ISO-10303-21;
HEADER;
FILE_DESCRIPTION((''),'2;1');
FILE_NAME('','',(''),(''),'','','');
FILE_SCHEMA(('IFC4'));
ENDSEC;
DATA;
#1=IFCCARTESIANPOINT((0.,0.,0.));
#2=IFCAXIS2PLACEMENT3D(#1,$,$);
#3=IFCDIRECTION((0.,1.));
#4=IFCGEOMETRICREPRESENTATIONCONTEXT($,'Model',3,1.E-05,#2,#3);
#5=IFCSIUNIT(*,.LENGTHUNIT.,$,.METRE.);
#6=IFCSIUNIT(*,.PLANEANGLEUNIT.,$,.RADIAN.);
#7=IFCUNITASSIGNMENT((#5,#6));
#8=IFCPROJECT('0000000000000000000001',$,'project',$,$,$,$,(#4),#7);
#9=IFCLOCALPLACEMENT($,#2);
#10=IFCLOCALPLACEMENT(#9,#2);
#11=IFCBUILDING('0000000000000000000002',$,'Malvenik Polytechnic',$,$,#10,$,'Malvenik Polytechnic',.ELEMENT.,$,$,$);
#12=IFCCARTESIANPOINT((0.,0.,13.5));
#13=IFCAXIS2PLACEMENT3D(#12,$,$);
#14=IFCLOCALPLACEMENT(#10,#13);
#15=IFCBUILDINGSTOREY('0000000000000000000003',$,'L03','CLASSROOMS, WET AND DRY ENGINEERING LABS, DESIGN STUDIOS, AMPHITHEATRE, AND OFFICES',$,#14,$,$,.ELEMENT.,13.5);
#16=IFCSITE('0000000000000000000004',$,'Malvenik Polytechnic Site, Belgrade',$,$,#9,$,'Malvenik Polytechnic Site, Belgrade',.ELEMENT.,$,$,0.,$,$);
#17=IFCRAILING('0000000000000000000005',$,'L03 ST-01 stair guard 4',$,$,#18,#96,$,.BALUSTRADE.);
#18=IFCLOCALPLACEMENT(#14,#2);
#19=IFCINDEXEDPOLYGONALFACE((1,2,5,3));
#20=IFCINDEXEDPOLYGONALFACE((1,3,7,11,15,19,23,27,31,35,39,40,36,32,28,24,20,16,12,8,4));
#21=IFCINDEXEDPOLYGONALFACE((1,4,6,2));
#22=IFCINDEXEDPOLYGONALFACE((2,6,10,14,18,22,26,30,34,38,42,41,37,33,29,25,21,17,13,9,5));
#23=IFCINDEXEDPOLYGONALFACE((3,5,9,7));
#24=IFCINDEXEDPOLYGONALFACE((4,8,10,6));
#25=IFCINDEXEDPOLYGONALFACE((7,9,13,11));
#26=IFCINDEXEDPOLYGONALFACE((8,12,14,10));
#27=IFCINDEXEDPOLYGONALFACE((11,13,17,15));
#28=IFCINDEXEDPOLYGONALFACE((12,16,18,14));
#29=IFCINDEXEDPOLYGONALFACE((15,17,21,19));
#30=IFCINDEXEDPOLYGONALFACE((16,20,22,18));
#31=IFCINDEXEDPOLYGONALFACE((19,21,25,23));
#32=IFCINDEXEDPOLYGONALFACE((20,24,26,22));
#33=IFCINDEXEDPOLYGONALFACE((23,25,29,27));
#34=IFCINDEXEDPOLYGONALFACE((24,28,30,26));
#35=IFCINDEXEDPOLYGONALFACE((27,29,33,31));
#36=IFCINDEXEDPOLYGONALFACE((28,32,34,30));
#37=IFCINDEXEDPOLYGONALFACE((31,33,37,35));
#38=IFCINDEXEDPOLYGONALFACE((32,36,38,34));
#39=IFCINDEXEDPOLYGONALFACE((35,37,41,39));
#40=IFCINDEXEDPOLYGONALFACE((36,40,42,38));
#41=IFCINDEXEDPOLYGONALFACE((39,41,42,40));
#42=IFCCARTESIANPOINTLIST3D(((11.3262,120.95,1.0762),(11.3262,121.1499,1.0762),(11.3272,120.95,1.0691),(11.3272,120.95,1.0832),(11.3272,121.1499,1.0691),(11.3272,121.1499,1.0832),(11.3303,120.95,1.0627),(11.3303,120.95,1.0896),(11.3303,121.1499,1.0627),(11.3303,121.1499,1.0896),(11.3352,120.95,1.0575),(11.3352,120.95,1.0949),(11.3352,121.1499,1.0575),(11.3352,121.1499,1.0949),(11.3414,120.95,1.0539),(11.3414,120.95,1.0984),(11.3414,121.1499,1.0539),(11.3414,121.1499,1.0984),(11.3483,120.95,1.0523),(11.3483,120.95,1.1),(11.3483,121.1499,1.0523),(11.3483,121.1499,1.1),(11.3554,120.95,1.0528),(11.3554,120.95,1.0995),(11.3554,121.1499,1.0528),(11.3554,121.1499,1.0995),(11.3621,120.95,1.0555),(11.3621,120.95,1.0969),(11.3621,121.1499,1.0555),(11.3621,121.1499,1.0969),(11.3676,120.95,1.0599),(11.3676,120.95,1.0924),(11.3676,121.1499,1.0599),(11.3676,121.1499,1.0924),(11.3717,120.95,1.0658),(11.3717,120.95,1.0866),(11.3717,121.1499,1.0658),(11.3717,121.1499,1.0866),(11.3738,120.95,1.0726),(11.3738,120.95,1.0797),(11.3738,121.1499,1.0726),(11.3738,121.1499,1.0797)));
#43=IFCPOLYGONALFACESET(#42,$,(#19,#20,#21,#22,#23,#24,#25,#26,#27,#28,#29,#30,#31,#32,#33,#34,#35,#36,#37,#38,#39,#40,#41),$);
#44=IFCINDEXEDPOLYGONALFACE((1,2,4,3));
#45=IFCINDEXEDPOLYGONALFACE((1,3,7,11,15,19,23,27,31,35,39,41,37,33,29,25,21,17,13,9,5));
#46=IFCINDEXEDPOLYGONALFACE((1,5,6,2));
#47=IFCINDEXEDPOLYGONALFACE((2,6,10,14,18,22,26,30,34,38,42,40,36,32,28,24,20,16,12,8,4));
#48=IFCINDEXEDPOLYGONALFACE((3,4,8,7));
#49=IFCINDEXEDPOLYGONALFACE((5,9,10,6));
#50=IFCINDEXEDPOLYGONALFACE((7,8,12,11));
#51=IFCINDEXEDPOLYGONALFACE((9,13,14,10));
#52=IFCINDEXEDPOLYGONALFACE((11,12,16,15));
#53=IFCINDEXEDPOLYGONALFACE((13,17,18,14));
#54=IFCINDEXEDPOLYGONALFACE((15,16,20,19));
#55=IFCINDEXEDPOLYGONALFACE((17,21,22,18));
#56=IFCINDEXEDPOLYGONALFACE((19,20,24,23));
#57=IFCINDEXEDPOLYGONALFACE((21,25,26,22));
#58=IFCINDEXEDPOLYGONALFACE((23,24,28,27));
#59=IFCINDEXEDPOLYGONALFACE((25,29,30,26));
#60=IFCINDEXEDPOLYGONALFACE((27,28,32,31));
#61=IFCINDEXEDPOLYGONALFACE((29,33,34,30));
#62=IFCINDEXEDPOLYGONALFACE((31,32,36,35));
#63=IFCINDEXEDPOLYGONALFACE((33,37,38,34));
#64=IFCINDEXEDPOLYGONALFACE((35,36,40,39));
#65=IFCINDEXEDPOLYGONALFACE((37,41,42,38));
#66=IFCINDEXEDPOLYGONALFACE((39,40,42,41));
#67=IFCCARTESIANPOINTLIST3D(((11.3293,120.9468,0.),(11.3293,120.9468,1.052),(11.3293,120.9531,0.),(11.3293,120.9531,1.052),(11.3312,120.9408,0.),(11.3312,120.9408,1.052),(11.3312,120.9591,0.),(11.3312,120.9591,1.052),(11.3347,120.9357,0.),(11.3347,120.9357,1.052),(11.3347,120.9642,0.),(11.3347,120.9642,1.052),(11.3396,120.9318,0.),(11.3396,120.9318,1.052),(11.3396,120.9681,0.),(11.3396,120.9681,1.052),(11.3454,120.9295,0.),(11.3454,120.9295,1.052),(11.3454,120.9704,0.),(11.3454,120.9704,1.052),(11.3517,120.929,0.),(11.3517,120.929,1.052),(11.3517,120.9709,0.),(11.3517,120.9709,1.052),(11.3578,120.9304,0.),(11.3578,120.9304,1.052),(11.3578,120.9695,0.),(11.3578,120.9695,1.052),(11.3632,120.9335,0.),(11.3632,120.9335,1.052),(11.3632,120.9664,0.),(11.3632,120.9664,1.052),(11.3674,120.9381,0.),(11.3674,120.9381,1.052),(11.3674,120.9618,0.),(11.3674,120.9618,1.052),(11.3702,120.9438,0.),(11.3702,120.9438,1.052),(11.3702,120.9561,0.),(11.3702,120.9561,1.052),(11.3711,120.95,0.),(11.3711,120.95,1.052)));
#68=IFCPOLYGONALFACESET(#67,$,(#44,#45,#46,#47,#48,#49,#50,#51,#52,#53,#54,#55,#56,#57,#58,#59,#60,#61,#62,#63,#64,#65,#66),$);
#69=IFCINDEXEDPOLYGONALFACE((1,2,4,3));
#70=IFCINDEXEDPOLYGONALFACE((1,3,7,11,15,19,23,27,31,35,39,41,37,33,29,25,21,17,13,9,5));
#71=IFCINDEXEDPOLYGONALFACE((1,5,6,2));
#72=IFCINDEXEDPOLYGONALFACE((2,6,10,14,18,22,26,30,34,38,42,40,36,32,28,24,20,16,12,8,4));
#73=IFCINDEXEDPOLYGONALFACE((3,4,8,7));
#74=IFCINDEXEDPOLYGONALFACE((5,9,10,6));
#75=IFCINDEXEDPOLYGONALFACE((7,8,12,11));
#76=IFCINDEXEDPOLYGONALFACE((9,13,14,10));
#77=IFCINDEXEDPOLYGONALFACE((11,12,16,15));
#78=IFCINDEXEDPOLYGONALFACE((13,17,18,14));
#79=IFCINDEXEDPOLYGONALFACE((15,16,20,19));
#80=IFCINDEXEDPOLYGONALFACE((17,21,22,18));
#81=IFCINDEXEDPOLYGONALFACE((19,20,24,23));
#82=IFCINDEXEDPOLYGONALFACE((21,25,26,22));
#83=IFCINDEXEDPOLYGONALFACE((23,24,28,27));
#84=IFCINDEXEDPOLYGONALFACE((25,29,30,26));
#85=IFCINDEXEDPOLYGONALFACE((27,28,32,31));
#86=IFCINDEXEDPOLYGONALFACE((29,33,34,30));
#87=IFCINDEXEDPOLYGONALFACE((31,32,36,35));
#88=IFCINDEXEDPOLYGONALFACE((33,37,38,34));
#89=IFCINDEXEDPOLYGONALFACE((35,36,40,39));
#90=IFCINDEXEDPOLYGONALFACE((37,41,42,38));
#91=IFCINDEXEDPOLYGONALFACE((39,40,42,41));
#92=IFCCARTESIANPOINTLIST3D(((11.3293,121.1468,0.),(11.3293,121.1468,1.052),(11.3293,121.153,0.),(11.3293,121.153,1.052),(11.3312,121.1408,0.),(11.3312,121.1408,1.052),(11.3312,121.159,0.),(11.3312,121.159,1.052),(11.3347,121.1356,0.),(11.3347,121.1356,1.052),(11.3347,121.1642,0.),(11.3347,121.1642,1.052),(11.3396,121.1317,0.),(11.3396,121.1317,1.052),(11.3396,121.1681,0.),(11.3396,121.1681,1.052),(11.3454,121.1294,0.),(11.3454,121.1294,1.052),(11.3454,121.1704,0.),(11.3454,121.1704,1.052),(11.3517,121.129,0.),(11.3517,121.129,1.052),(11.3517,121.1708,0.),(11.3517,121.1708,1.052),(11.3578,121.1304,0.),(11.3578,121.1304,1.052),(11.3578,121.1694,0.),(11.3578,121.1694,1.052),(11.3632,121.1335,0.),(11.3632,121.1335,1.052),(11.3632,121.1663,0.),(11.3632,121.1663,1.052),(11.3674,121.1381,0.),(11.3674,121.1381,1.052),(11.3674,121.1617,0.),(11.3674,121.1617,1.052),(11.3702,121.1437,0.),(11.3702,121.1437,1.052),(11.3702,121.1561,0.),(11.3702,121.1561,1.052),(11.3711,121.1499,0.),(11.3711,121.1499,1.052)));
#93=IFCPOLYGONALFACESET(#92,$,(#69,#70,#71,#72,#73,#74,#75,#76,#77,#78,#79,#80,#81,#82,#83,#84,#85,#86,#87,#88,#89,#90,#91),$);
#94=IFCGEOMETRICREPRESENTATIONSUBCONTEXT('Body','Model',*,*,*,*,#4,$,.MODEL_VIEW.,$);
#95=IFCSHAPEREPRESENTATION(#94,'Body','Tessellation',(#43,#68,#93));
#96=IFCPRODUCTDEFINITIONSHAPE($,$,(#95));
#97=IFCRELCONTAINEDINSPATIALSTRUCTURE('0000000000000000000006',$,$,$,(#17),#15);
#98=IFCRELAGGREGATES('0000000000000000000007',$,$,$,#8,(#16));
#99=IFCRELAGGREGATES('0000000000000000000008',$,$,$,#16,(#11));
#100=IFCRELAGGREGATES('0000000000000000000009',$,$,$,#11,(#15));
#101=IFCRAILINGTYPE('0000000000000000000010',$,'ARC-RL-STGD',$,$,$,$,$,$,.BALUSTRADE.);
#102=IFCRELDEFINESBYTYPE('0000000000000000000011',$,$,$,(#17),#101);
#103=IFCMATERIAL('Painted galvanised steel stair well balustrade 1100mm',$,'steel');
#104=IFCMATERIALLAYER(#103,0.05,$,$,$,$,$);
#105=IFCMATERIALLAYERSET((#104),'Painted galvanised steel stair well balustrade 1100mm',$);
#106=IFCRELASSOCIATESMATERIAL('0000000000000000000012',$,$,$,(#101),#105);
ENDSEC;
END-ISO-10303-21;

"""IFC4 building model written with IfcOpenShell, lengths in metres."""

from ifc_helpers import new_model, si_unit, direction, frame, origin, origin_2d, place, context, subcontext, project, spatial, circle, extrude, material, layer, layer_set, type_object, element, save


model = new_model("IFC4")

# Units and contexts
model_context = context("Model", 3, precision=1e-05, world=origin(), true_north=direction((0.0, 1.0)))
body_context = subcontext(model_context, "Body", "Model", "MODEL_VIEW")
ifc_project = project(units=[si_unit("LENGTHUNIT", "METRE"), si_unit("PLANEANGLEUNIT", "RADIAN")], contexts=[model_context])

# Site, building, storey
site_placement = place(None, origin())
site = spatial("IfcSite", under=ifc_project, at=site_placement, Name="Malvenik Polytechnic Site, Belgrade", LongName="Malvenik Polytechnic Site, Belgrade", CompositionType="ELEMENT", RefElevation=0.0)
building_placement = place(site_placement, origin())
building = spatial("IfcBuilding", under=site, at=building_placement, Name="Malvenik Polytechnic", LongName="Malvenik Polytechnic", CompositionType="ELEMENT")
storey_placement = place(building_placement, frame((0.0, 0.0, 13.5)))
storey = spatial("IfcBuildingStorey", under=building, at=storey_placement, Name="L03", Description="CLASSROOMS, WET AND DRY ENGINEERING LABS, DESIGN STUDIOS, AMPHITHEATRE, AND OFFICES", CompositionType="ELEMENT", Elevation=13.5)

# Railing
ifc_material_1 = material(Name="Painted galvanised steel stair well balustrade 1100mm", Category="steel")
ifc_layer_1 = layer(ifc_material_1, 0.05)
ifc_layer_set_1 = layer_set([ifc_layer_1], Name="Painted galvanised steel stair well balustrade 1100mm")
railing_type_1 = type_object("IfcRailingType", Name="ARC-RL-STGD", PredefinedType="BALUSTRADE", material=ifc_layer_set_1)
railing_1_placement = place(storey_placement, frame((11.3501, 120.95, 0.0)))
element("IfcRailing", 1, at=railing_1_placement, inside=storey, type_object=railing_type_1, Name="L03 ST-01 stair guard 4", PredefinedType="BALUSTRADE", context=body_context, shape_type="SweptSolid", body=[
    extrude(circle(Radius=0.0239, at=origin_2d()), frame((0.0, 0.0, 1.0762), z_axis=(0.0, 1.0, 0.0), x_axis=(-1.0, 0.0, 0.0)), (0.0, 0.0, 1.0), 0.2),
    extrude(circle(Radius=0.021, at=origin_2d()), origin(), (0.0, 0.0, 1.0), 1.052),
    extrude(circle(Radius=0.021, at=origin_2d()), frame((0.0, 0.2, 0.0)), (0.0, 0.0, 1.0), 1.052),
])

save(model, "model.ifc")
